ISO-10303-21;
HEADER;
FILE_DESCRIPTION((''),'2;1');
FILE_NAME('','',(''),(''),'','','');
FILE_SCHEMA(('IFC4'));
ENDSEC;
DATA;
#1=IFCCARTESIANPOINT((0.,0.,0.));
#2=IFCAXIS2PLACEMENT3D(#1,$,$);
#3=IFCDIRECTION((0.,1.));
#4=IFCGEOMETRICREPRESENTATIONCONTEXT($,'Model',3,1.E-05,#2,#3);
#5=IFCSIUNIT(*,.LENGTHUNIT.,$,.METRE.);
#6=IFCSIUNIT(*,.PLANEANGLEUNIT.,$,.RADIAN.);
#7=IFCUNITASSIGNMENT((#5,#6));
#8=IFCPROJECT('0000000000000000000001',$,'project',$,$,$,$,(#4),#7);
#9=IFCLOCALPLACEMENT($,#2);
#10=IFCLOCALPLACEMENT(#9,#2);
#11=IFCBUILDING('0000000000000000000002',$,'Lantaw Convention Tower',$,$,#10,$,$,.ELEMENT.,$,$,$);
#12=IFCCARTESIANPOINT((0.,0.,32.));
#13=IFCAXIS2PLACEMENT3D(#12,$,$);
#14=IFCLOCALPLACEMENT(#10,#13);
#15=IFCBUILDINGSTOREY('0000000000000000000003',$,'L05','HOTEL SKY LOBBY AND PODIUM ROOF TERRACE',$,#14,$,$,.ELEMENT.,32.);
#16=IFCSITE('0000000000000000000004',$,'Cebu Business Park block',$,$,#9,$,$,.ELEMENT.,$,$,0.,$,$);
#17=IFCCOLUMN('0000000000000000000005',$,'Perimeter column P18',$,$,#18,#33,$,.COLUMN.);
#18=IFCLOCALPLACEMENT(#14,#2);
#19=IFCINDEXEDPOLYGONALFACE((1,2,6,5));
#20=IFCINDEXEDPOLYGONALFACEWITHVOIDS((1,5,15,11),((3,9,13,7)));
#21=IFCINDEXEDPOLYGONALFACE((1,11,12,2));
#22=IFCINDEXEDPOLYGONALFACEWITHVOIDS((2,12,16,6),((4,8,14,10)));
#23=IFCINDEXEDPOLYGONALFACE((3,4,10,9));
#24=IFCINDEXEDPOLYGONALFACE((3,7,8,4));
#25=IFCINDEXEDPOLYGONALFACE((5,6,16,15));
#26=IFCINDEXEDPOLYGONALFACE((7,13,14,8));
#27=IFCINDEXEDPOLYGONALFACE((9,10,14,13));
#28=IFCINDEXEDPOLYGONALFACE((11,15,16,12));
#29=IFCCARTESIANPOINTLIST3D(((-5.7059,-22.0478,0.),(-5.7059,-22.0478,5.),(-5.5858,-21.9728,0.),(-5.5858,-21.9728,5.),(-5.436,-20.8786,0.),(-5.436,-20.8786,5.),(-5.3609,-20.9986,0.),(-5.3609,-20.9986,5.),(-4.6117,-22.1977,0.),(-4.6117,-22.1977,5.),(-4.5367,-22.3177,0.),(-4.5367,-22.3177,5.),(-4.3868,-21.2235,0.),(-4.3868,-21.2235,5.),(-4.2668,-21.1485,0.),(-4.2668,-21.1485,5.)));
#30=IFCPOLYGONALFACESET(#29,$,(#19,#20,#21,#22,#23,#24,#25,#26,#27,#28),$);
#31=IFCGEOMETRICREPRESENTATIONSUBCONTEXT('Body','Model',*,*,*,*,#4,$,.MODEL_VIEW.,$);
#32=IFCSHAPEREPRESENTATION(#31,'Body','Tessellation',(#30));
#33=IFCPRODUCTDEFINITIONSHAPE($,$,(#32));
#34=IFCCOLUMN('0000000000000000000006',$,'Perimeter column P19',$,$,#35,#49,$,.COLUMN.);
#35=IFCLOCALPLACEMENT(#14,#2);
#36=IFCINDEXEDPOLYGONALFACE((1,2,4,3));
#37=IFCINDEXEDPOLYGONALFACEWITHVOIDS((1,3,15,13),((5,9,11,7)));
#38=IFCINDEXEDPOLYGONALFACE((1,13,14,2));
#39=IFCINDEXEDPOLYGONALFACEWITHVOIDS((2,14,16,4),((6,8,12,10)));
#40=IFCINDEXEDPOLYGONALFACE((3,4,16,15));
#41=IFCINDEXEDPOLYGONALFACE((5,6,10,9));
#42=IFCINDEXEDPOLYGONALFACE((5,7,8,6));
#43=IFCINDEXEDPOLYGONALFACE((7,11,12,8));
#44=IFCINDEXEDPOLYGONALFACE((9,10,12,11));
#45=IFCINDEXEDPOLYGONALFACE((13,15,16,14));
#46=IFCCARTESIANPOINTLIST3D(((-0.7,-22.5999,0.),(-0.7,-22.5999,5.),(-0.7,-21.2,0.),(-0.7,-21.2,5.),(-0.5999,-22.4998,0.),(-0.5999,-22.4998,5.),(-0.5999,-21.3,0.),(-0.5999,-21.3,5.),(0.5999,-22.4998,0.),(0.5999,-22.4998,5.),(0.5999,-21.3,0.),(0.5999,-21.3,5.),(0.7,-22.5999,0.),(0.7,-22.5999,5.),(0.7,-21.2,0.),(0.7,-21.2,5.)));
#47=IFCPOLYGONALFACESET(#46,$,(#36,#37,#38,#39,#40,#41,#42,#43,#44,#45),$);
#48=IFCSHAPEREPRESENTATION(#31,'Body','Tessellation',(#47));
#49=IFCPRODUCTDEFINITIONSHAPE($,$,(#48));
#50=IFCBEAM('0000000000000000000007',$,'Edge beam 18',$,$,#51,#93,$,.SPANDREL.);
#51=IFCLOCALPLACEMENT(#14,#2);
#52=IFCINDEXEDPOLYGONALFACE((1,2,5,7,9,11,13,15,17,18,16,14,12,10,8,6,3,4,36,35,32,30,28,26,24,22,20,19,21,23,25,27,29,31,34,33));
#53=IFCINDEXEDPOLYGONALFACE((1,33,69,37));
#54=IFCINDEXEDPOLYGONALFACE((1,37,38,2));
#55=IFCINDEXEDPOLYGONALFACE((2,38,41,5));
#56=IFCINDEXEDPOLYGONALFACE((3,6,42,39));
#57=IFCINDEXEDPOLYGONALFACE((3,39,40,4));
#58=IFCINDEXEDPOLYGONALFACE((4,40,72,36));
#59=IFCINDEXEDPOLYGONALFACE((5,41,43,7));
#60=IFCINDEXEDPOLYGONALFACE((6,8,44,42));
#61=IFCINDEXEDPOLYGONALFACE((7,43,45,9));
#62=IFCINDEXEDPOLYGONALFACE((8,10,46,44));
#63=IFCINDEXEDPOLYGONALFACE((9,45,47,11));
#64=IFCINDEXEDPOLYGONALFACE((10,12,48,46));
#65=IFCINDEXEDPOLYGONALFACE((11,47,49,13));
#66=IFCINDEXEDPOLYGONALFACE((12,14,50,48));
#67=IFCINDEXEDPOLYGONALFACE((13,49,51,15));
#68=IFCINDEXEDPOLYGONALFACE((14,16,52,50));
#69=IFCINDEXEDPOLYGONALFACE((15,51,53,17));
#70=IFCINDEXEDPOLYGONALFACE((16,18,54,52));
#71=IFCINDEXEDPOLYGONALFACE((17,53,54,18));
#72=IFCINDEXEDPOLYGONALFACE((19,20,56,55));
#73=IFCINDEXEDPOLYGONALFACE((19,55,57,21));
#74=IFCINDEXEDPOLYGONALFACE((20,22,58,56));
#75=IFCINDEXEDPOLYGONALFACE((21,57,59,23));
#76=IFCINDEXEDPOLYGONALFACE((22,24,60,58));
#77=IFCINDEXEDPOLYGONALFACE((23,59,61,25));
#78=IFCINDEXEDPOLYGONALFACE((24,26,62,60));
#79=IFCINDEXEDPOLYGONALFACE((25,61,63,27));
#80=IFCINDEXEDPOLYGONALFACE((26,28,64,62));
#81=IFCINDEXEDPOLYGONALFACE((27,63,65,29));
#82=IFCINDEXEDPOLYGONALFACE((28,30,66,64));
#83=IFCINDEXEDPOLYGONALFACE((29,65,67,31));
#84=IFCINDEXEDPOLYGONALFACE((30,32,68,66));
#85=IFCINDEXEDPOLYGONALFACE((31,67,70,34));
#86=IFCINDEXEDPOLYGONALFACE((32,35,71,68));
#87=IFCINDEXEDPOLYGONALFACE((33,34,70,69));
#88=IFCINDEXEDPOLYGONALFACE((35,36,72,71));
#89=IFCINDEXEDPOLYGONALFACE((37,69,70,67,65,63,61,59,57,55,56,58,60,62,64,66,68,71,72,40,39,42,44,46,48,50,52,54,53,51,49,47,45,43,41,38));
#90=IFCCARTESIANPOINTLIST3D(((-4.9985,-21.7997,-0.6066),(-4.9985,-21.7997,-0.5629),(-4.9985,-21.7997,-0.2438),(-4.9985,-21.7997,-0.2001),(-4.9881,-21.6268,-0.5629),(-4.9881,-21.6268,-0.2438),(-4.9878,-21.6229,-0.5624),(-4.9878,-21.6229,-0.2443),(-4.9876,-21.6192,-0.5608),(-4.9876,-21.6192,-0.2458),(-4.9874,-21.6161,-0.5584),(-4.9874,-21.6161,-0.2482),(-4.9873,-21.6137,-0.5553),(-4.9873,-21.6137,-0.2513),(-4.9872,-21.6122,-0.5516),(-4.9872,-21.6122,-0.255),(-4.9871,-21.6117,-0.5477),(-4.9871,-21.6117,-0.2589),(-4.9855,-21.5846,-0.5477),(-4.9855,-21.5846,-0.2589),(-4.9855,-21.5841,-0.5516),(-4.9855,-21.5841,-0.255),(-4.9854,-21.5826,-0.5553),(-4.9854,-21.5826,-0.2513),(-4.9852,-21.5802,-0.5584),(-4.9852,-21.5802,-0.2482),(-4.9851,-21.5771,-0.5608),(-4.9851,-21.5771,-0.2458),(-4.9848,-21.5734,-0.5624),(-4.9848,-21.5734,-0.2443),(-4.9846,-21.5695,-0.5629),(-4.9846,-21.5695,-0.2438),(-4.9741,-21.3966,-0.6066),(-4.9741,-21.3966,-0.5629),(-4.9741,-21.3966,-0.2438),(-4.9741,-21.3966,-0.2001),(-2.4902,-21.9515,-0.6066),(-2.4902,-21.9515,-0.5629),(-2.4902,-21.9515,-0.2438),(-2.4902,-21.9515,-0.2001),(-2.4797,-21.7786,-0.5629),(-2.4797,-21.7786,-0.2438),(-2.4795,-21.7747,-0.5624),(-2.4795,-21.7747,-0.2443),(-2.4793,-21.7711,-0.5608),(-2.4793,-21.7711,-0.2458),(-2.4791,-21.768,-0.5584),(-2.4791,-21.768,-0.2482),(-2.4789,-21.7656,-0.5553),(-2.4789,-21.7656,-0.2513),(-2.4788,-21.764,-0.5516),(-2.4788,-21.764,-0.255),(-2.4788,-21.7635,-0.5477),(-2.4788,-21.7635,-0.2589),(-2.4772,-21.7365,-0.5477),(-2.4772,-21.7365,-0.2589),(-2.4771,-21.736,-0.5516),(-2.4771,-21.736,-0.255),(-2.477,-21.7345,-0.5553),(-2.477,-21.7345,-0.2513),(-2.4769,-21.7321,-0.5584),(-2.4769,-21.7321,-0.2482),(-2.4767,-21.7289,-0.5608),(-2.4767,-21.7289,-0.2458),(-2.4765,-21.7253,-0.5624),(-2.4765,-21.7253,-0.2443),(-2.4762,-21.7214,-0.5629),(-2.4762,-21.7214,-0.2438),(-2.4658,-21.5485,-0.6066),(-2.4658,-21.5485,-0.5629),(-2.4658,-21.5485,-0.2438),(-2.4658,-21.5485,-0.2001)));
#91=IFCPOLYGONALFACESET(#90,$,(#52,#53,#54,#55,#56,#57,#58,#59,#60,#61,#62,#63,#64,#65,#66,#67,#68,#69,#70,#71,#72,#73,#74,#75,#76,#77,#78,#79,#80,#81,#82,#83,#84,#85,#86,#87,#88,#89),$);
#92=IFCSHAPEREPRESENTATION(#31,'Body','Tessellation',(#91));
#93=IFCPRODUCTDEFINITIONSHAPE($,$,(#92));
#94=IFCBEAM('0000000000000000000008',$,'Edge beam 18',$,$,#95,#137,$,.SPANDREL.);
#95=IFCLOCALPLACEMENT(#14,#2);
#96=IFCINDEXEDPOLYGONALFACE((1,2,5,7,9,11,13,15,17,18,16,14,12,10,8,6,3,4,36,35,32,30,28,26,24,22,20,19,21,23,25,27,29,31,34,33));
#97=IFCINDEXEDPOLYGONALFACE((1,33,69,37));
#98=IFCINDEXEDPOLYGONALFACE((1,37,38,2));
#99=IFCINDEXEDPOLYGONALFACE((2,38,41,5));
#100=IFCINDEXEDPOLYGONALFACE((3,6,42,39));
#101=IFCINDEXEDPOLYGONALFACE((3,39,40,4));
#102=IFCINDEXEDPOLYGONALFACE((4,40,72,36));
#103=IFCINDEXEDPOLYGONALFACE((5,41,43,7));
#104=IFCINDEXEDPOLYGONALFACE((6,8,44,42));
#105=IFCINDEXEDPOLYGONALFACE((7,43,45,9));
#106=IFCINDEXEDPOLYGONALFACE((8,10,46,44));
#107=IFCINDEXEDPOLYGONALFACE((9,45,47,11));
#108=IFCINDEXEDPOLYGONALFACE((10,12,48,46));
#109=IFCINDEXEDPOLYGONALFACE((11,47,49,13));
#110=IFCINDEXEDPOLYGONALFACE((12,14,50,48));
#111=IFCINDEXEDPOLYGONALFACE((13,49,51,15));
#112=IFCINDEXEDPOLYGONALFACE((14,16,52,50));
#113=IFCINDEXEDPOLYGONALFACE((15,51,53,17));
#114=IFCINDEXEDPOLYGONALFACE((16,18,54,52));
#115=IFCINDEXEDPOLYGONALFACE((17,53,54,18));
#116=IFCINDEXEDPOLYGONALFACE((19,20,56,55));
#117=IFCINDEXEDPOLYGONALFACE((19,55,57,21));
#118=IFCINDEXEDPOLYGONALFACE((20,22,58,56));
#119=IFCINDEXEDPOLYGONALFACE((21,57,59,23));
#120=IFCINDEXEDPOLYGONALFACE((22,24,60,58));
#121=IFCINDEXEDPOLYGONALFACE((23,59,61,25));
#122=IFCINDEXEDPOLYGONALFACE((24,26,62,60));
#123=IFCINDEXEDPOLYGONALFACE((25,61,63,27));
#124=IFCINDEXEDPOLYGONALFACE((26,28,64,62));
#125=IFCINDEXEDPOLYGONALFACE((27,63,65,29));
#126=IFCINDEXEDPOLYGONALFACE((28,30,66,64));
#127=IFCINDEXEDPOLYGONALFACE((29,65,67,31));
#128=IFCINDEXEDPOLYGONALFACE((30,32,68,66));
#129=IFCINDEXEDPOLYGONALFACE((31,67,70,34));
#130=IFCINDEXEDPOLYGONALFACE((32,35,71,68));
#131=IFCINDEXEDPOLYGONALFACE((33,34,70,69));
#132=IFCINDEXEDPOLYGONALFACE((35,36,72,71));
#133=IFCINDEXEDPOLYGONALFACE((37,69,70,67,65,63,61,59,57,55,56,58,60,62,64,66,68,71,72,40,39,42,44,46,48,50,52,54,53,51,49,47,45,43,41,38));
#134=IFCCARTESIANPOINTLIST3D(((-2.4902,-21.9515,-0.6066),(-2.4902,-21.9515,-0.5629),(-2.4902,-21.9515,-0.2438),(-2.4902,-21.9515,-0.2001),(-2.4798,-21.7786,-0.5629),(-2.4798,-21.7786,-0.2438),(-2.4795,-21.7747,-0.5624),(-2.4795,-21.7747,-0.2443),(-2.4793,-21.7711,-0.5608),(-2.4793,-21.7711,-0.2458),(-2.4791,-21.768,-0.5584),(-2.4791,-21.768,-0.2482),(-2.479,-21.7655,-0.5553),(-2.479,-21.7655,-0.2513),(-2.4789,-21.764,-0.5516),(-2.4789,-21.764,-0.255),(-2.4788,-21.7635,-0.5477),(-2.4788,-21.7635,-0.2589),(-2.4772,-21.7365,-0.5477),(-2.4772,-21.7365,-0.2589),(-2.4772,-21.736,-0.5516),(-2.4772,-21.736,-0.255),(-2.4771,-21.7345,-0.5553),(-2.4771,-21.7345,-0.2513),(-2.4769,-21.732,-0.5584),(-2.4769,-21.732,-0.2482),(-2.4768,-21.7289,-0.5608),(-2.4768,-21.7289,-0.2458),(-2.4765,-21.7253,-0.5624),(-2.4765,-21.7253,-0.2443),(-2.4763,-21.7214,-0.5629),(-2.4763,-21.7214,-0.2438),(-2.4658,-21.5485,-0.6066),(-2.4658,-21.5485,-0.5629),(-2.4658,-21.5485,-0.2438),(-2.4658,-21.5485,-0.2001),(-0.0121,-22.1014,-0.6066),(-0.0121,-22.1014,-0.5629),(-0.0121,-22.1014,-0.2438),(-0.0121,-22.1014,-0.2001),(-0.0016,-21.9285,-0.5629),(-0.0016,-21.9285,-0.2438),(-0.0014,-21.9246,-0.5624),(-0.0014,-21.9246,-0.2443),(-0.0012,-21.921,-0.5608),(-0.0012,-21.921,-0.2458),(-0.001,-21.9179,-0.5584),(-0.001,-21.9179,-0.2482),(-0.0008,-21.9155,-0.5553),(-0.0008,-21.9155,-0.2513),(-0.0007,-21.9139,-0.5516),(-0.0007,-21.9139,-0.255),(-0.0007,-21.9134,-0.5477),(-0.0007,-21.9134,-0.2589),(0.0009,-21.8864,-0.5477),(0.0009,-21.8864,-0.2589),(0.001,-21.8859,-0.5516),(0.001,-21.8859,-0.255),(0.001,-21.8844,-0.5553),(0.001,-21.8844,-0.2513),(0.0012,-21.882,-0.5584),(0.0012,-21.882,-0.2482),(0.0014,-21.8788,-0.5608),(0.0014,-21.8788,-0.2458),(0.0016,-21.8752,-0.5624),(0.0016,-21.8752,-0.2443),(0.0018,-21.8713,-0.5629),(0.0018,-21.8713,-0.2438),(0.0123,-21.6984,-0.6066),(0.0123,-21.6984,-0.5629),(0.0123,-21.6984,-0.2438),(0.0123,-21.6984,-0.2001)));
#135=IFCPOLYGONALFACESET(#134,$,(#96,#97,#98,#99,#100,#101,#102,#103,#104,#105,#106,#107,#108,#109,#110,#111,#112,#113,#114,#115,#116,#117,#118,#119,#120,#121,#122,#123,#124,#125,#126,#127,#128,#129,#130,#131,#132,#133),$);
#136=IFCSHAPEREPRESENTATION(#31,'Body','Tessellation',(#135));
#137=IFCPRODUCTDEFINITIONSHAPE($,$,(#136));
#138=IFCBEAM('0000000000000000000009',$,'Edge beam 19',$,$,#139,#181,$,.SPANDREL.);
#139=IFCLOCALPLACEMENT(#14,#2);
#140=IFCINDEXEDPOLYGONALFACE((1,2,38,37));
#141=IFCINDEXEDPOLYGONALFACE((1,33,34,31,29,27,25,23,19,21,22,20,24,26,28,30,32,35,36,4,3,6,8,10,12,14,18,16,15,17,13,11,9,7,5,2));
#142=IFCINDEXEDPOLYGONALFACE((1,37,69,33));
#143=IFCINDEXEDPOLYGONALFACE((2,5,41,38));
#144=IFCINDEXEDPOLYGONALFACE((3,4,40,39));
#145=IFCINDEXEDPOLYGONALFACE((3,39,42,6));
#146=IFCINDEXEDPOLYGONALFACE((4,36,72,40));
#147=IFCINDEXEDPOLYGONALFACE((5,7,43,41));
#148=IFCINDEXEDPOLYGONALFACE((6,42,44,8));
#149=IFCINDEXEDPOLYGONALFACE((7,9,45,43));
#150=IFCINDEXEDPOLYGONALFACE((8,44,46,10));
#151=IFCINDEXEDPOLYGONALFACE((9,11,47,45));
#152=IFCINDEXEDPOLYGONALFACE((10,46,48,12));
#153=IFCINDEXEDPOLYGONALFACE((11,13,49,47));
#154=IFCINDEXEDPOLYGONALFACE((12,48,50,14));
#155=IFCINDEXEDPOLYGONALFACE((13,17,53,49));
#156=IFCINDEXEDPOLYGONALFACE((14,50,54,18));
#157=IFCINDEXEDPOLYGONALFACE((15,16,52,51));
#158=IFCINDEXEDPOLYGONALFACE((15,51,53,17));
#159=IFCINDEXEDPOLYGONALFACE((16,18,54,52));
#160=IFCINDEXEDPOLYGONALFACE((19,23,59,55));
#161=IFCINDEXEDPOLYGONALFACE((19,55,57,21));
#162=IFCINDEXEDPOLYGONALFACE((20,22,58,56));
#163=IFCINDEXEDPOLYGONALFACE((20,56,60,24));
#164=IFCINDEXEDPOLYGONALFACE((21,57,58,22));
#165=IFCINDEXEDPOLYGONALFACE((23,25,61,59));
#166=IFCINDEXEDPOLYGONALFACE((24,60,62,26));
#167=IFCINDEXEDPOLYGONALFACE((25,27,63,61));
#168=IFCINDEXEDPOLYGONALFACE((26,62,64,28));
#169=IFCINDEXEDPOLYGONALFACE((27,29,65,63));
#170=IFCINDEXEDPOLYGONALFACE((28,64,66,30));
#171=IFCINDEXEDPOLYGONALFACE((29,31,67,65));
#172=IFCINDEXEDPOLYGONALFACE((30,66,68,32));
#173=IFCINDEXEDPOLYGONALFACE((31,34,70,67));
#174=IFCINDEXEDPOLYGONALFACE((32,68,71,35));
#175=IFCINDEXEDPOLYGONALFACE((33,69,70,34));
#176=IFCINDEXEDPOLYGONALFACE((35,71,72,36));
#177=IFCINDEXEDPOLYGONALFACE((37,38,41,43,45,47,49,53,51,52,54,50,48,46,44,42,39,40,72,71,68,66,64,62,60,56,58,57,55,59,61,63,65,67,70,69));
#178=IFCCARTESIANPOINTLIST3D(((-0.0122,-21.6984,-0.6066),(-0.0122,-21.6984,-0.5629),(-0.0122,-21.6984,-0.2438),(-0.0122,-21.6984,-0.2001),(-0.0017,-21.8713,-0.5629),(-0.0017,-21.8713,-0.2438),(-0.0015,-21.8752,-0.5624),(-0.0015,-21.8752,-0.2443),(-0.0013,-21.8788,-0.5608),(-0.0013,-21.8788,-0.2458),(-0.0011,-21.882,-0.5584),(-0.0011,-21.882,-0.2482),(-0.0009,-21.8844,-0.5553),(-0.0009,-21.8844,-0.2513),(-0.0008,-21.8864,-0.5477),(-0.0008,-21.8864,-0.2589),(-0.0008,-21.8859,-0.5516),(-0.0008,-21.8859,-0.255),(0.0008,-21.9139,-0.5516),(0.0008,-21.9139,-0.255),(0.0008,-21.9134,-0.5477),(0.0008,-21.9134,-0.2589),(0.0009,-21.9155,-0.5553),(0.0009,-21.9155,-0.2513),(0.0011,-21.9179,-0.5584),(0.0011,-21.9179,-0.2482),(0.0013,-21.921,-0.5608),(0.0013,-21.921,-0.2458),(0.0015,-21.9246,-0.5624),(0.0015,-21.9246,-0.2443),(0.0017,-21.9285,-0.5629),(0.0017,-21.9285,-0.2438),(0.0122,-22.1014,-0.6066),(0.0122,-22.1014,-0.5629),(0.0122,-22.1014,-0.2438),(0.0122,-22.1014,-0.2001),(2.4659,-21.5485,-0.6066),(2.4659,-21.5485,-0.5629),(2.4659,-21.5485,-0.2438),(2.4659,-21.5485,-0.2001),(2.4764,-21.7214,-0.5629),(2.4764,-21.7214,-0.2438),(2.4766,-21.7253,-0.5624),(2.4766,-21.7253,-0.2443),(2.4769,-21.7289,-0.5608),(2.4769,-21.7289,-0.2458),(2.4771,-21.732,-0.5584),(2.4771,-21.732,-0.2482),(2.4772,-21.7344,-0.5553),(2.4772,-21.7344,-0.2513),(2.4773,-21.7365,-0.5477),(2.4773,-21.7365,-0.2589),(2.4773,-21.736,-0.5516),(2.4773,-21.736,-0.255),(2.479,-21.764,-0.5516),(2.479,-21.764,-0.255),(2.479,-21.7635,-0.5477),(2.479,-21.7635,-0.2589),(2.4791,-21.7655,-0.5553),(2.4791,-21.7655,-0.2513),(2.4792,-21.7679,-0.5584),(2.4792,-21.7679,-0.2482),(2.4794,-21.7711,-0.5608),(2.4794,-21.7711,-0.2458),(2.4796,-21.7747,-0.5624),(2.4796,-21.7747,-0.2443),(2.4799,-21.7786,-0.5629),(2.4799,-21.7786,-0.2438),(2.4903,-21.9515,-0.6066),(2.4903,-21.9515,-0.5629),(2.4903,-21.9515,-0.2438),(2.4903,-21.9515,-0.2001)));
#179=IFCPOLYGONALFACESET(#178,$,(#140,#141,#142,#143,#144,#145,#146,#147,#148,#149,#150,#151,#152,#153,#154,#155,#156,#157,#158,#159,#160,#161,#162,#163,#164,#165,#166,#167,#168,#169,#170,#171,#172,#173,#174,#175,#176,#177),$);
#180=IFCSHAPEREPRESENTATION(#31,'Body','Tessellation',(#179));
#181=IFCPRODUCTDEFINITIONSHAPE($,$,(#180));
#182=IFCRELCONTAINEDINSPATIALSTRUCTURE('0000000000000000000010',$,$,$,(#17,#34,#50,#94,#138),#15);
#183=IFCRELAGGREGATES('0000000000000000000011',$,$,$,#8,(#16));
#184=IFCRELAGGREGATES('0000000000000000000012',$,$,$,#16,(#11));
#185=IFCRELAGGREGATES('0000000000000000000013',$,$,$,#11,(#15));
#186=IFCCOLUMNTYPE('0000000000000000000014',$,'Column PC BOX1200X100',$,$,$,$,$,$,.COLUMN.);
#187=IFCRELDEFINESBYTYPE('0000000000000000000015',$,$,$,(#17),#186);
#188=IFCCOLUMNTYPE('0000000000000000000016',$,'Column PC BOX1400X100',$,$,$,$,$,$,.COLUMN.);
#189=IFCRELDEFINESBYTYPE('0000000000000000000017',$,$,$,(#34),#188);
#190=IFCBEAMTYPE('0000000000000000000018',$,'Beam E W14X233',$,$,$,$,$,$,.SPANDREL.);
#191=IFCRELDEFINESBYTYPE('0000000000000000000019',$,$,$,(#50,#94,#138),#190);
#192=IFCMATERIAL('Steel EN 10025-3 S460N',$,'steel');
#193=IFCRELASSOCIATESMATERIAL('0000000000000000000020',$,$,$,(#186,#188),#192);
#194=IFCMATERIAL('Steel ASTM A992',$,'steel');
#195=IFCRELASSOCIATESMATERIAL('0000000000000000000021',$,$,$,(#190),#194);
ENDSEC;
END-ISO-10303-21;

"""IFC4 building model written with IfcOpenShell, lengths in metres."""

from ifc_helpers import new_model, si_unit, direction, frame, origin, origin_2d, place, context, subcontext, project, spatial, rectangle, hollow_rectangle, i_section, extrude, material, material_profile, profile_set, type_object, element, save


model = new_model("IFC4")

# Units and contexts
model_context = context("Model", 3, precision=1e-05, world=origin(), true_north=direction((0.0, 1.0)))
body_context = subcontext(model_context, "Body", "Model", "MODEL_VIEW")
ifc_project = project(units=[si_unit("LENGTHUNIT", "METRE"), si_unit("PLANEANGLEUNIT", "RADIAN")], contexts=[model_context])

# Site, building, storey
site_placement = place(None, origin())
site = spatial("IfcSite", under=ifc_project, at=site_placement, Name="Cebu Business Park block", CompositionType="ELEMENT", RefElevation=0.0)
building_placement = place(site_placement, origin())
building = spatial("IfcBuilding", under=site, at=building_placement, Name="Lantaw Convention Tower", CompositionType="ELEMENT")
storey_placement = place(building_placement, frame((0.0, 0.0, 32.0)))
storey = spatial("IfcBuildingStorey", under=building, at=storey_placement, Name="L05", Description="HOTEL SKY LOBBY AND PODIUM ROOF TERRACE", CompositionType="ELEMENT", Elevation=32.0)

# Columns
ifc_material_1 = material(Name="Steel EN 10025-3 S460N", Category="steel")
ifc_material_profile_1 = material_profile(ifc_material_1, hollow_rectangle(XDim=1.2, YDim=1.2, WallThickness=0.1001, at=origin_2d()), Name="BOX1200X100")
ifc_material_2 = material(Name="Concrete C60/75", Category="concrete")
ifc_material_profile_2 = material_profile(ifc_material_2, rectangle(XDim=1.0, YDim=1.0, at=origin_2d()), Name="Concrete fill of BOX1200X100")
ifc_profile_set_1 = profile_set([ifc_material_profile_1, ifc_material_profile_2], Name="Steel EN 10025-3 S460N")
column_type_1 = type_object("IfcColumnType", Name="Column PC BOX1200X100", PredefinedType="COLUMN", material=ifc_profile_set_1)
column_1_placement = place(storey_placement, frame((-4.9863, -21.5981, 0.0), z_axis=(0.0, 0.0, 1.0), x_axis=(0.224951, 0.97437, 0.0)))
element("IfcColumn", 1, at=column_1_placement, inside=storey, type_object=column_type_1, Name="Perimeter column P18", PredefinedType="COLUMN", context=body_context, shape_type="SweptSolid", body=[
    extrude(hollow_rectangle(XDim=1.2, YDim=1.2, WallThickness=0.1001, at=origin_2d()), origin(), (0.0, 0.0, 1.0), 5.0),
])
ifc_material_profile_3 = material_profile(ifc_material_1, hollow_rectangle(XDim=1.3999, YDim=1.3999, WallThickness=0.1001, at=origin_2d()), Name="BOX1400X100")
ifc_material_profile_4 = material_profile(ifc_material_2, rectangle(XDim=1.2, YDim=1.2, at=origin_2d()), Name="Concrete fill of BOX1400X100")
ifc_profile_set_2 = profile_set([ifc_material_profile_3, ifc_material_profile_4], Name="Steel EN 10025-3 S460N")
column_type_2 = type_object("IfcColumnType", Name="Column PC BOX1400X100", PredefinedType="COLUMN", material=ifc_profile_set_2)
column_2_placement = place(storey_placement, frame((0.0, -21.8999, 0.0), z_axis=(0.0, 0.0, 1.0), x_axis=(1.0, 0.0, 0.0)))
element("IfcColumn", 2, at=column_2_placement, inside=storey, type_object=column_type_2, Name="Perimeter column P19", PredefinedType="COLUMN", context=body_context, shape_type="SweptSolid", body=[
    extrude(hollow_rectangle(XDim=1.3999, YDim=1.3999, WallThickness=0.1001, at=origin_2d()), origin(), (0.0, 0.0, 1.0), 5.0),
])

# Beams
ifc_material_3 = material(Name="Steel ASTM A992", Category="steel")
ifc_material_profile_5 = material_profile(ifc_material_3, i_section(OverallWidth=0.4038, OverallDepth=0.4065, WebThickness=0.0271, FlangeThickness=0.0437, FilletRadius=0.0151, at=origin_2d()), Name="W14X233")
ifc_profile_set_3 = profile_set([ifc_material_profile_5], Name="Steel ASTM A992")
beam_type_1 = type_object("IfcBeamType", Name="Beam E W14X233", PredefinedType="SPANDREL", material=ifc_profile_set_3)
beam_1_placement = place(storey_placement, frame((-4.9863, -21.5981, -0.4033), z_axis=(0.998172, -0.060431, 0.0), x_axis=(0.060431, 0.998172, 0.0)))
element("IfcBeam", 3, at=beam_1_placement, inside=storey, type_object=beam_type_1, Name="Edge beam 18", PredefinedType="SPANDREL", context=body_context, shape_type="SweptSolid", body=[
    extrude(i_section(OverallWidth=0.4038, OverallDepth=0.4065, WebThickness=0.0271, FlangeThickness=0.0437, FilletRadius=0.0151, at=origin_2d()), origin(), (0.0, 0.0, 1.0), 2.5129),
])
for number, where, z_axis, x_axis, name in (
    (4, (-2.478, -21.75, -0.4033), (0.998175, -0.060382, 0.0), (0.060382, 0.998175, 0.0), "Edge beam 18"),
    (5, (0.0, -21.8999, -0.4033), (0.998175, 0.060382, 0.0), (-0.060382, 0.998175, 0.0), "Edge beam 19"),
):
    element("IfcBeam", number, at=place(storey_placement, frame(where, z_axis=z_axis, x_axis=x_axis)), inside=storey, type_object=beam_type_1, Name=name, PredefinedType="SPANDREL", context=body_context, shape_type="SweptSolid", body=[
        extrude(i_section(OverallWidth=0.4038, OverallDepth=0.4065, WebThickness=0.0271, FlangeThickness=0.0437, FilletRadius=0.0151, at=origin_2d()), origin(), (0.0, 0.0, 1.0), 2.4827),
    ])

save(model, "model.ifc")
